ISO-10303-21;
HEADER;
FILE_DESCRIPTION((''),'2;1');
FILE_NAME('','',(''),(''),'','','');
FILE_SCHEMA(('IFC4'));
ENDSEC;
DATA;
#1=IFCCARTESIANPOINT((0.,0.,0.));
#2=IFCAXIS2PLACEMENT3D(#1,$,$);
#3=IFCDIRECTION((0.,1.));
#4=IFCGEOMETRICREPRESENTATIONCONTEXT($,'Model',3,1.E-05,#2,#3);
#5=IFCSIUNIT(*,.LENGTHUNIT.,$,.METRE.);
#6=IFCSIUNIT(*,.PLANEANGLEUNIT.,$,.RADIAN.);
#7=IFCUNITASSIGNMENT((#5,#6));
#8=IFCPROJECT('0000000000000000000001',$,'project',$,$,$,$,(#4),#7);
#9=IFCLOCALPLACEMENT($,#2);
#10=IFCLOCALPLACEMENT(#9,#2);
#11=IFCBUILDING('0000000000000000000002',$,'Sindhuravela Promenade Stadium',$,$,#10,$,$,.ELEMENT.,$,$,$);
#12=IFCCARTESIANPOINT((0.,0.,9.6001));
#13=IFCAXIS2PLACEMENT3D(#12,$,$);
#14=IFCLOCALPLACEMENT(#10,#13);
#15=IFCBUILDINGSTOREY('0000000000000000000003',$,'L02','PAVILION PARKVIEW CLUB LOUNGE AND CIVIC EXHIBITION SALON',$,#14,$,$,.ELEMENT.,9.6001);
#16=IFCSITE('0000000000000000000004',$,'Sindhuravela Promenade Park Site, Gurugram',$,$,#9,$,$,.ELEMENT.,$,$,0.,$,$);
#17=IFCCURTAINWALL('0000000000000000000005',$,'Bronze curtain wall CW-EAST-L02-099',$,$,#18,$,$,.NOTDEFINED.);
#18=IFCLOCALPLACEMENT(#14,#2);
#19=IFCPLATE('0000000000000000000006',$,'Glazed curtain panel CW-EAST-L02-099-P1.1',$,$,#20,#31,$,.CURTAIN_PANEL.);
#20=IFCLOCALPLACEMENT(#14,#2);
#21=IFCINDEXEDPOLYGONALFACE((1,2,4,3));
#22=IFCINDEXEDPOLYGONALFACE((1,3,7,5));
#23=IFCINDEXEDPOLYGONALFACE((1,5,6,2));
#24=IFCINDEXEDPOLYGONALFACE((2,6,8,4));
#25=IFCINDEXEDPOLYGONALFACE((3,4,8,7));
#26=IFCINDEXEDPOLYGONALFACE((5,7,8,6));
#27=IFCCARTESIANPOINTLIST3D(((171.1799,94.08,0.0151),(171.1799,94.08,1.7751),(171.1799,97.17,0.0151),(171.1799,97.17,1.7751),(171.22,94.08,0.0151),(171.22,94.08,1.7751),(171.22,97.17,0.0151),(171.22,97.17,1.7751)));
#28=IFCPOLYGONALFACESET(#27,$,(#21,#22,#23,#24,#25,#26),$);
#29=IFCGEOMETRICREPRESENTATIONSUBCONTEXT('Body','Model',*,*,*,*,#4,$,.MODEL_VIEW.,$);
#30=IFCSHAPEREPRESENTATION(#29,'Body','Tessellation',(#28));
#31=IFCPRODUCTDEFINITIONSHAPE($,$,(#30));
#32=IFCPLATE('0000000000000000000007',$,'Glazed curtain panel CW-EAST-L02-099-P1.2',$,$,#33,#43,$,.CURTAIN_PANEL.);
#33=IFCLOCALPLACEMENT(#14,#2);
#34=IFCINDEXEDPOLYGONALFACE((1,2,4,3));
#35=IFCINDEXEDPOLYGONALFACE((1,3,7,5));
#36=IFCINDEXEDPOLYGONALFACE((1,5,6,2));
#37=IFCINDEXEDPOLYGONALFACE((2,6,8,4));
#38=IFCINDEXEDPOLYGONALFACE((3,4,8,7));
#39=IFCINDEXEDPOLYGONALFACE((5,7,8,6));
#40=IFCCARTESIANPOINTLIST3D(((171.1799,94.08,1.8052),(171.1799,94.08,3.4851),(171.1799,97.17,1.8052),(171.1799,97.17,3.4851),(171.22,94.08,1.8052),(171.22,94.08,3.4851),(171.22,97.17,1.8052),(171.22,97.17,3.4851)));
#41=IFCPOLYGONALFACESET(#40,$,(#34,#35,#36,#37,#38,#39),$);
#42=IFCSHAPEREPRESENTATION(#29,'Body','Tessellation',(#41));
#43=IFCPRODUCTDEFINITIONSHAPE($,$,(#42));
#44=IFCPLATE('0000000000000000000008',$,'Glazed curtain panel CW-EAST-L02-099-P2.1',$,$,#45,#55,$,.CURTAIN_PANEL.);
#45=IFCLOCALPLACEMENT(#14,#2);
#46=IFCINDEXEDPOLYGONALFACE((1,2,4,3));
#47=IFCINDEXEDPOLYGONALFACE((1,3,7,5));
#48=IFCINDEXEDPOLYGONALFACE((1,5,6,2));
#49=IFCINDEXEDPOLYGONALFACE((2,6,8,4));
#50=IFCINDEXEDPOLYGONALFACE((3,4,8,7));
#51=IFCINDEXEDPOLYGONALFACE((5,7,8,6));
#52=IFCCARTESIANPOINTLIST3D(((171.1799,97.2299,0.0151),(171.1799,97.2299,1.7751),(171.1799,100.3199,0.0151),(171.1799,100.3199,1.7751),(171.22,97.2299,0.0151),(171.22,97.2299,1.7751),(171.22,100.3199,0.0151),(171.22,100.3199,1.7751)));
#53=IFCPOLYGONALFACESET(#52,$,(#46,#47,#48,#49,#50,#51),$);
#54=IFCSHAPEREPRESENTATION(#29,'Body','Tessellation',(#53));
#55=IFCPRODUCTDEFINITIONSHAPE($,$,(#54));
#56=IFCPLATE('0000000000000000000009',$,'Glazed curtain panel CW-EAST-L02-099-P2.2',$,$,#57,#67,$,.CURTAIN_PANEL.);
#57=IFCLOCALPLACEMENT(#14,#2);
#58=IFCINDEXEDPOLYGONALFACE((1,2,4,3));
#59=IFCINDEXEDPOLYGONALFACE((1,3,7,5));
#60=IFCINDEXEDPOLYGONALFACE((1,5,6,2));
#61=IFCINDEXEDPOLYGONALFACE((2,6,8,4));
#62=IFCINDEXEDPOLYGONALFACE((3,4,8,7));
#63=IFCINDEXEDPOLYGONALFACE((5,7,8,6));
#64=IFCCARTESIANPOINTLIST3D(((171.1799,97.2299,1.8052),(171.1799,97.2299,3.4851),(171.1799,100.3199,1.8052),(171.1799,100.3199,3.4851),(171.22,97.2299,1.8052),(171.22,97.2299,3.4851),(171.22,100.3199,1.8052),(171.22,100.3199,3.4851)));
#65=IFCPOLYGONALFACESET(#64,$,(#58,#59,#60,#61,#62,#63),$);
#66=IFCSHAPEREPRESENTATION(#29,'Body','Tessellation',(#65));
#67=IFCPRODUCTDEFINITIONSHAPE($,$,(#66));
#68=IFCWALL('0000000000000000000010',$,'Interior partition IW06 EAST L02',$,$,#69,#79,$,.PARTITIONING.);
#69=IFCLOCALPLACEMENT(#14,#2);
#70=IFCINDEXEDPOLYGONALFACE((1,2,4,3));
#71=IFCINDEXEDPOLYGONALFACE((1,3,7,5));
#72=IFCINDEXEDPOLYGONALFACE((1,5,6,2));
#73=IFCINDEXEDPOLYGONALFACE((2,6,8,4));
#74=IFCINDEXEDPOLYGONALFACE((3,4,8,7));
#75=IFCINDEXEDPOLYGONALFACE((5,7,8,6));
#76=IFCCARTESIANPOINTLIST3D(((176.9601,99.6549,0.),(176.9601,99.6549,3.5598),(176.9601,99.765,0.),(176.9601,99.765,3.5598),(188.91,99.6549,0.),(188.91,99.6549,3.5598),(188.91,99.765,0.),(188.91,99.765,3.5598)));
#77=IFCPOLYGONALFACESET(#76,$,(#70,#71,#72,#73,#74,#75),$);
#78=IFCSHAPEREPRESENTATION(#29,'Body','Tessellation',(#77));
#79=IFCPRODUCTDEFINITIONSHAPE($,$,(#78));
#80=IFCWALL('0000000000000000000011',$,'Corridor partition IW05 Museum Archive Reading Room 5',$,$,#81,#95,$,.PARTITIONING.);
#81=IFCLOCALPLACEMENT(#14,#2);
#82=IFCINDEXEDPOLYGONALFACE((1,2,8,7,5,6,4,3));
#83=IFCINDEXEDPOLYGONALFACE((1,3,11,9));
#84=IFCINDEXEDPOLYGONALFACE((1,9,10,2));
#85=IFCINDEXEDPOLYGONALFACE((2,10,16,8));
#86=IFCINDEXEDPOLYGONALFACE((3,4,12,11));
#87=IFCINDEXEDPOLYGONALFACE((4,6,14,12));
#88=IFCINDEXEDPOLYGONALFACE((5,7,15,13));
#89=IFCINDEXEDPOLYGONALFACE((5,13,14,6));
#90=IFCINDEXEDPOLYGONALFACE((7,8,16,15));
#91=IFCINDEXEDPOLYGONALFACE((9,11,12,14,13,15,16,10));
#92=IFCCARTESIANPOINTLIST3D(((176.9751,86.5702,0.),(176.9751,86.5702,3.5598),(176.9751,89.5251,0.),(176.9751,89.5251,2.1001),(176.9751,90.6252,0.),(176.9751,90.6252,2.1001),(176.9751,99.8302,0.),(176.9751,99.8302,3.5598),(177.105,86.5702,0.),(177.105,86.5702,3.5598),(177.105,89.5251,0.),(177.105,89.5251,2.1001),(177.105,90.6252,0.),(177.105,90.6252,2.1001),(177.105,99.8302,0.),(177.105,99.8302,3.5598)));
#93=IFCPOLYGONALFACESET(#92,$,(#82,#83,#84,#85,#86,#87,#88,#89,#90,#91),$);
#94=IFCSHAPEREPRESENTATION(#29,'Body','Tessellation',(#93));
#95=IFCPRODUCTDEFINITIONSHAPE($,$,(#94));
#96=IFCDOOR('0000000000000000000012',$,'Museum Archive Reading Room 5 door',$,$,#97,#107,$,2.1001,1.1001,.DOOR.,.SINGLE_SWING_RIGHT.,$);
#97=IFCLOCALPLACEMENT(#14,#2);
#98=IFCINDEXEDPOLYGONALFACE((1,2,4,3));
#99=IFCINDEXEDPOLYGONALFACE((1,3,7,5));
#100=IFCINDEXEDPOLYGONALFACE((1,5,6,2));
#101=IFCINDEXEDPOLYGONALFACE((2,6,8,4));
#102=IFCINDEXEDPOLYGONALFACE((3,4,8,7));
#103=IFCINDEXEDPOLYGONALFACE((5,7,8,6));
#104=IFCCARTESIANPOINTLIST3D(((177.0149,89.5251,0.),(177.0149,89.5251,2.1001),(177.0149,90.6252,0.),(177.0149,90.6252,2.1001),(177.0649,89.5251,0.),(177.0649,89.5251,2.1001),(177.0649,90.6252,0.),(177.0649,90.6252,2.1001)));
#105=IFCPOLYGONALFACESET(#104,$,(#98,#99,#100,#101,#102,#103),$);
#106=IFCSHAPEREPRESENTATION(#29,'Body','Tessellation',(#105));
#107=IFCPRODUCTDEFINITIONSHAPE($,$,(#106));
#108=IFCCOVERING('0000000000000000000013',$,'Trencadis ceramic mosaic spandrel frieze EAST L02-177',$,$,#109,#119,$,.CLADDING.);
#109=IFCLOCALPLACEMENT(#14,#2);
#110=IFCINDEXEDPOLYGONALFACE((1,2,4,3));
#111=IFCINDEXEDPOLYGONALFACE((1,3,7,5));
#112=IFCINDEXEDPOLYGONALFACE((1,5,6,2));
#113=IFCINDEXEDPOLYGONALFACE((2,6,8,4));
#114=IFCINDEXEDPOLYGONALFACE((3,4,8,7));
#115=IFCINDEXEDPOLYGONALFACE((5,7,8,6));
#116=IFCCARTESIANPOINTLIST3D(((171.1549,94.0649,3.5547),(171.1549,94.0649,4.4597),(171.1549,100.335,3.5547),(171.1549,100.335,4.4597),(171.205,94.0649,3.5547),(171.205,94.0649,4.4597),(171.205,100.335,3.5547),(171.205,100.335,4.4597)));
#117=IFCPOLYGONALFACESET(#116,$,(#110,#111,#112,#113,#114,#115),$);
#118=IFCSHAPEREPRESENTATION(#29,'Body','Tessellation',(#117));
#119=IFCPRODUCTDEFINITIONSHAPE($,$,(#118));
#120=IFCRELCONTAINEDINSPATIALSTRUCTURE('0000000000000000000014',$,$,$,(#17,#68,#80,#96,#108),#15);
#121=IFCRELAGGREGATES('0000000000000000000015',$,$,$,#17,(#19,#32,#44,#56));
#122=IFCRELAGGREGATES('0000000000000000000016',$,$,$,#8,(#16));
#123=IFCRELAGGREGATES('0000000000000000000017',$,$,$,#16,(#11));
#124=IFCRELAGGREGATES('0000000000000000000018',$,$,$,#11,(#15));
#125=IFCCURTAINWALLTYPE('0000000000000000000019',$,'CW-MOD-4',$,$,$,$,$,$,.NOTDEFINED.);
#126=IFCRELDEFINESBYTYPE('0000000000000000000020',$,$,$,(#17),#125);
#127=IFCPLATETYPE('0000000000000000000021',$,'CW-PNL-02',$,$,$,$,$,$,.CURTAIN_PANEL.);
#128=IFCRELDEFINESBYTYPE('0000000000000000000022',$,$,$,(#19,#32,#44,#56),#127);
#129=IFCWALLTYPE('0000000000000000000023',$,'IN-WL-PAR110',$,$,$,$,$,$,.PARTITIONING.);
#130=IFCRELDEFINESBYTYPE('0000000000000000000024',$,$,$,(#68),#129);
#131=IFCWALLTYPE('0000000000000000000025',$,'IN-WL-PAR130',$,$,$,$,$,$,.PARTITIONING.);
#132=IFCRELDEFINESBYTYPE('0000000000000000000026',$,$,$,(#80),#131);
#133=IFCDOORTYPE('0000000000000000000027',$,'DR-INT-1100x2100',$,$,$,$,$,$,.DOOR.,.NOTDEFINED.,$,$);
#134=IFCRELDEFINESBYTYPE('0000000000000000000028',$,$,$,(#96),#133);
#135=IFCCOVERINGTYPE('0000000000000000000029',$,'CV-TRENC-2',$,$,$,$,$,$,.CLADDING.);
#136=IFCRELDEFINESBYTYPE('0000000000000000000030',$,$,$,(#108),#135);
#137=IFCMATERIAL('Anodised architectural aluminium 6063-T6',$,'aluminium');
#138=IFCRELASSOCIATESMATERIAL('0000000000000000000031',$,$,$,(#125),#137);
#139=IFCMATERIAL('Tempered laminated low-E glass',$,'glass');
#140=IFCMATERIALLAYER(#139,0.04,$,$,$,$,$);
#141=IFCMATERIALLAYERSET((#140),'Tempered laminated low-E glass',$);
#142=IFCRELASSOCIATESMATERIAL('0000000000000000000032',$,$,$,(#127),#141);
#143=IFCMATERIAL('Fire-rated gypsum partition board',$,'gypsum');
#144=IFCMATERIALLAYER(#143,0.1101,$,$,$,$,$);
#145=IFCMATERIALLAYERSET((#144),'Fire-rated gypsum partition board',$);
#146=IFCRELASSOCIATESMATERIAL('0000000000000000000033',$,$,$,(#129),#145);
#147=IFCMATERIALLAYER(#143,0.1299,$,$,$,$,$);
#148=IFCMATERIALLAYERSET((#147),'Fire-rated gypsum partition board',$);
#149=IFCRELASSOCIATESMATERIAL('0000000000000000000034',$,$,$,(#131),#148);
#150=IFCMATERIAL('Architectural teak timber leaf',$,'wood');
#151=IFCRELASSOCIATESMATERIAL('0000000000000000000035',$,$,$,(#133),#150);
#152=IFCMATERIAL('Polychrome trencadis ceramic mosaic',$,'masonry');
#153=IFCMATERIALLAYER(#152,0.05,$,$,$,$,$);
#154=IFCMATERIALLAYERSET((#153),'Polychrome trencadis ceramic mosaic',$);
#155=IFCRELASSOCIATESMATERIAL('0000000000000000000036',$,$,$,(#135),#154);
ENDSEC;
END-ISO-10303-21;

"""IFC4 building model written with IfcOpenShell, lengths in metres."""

from ifc_helpers import new_model, si_unit, direction, frame, frame_2d, origin, origin_2d, place, context, subcontext, project, spatial, rectangle, extrude, material, layer, layer_set, type_object, element, fill, aggregate, save


model = new_model("IFC4")

# Units and contexts
model_context = context("Model", 3, precision=1e-05, world=origin(), true_north=direction((0.0, 1.0)))
body_context = subcontext(model_context, "Body", "Model", "MODEL_VIEW")
ifc_project = project(units=[si_unit("LENGTHUNIT", "METRE"), si_unit("PLANEANGLEUNIT", "RADIAN")], contexts=[model_context])

# Site, building, storey
site_placement = place(None, origin())
site = spatial("IfcSite", under=ifc_project, at=site_placement, Name="Sindhuravela Promenade Park Site, Gurugram", CompositionType="ELEMENT", RefElevation=0.0)
building_placement = place(site_placement, origin())
building = spatial("IfcBuilding", under=site, at=building_placement, Name="Sindhuravela Promenade Stadium", CompositionType="ELEMENT")
storey_placement = place(building_placement, frame((0.0, 0.0, 9.6001)))
storey = spatial("IfcBuildingStorey", under=building, at=storey_placement, Name="L02", Description="PAVILION PARKVIEW CLUB LOUNGE AND CIVIC EXHIBITION SALON", CompositionType="ELEMENT", Elevation=9.6001)

# Curtain wall
ifc_material_1 = material(Name="Anodised architectural aluminium 6063-T6", Category="aluminium")
curtain_wall_type_1 = type_object("IfcCurtainWallType", Name="CW-MOD-4", PredefinedType="NOTDEFINED", material=ifc_material_1)
curtain_wall_1_placement = place(storey_placement, origin())
curtain_wall_1 = element("IfcCurtainWall", 1, at=curtain_wall_1_placement, inside=storey, type_object=curtain_wall_type_1, Name="Bronze curtain wall CW-EAST-L02-099", PredefinedType="NOTDEFINED")

# Plates
ifc_material_2 = material(Name="Tempered laminated low-E glass", Category="glass")
ifc_layer_1 = layer(ifc_material_2, 0.04)
ifc_layer_set_1 = layer_set([ifc_layer_1], Name="Tempered laminated low-E glass")
plate_type_1 = type_object("IfcPlateType", Name="CW-PNL-02", PredefinedType="CURTAIN_PANEL", material=ifc_layer_set_1)
plate_1_placement = place(storey_placement, frame((171.2, 95.625, 0.0151), z_axis=(0.0, 0.0, 1.0), x_axis=(0.0, 1.0, 0.0)))
plate_1 = element("IfcPlate", 2, at=plate_1_placement, type_object=plate_type_1, Name="Glazed curtain panel CW-EAST-L02-099-P1.1", PredefinedType="CURTAIN_PANEL", context=body_context, shape_type="SweptSolid", body=[
    extrude(rectangle(XDim=3.0901, YDim=0.04, at=origin_2d()), origin(), (0.0, 0.0, 1.0), 1.76),
])
plate_2_placement = place(storey_placement, frame((171.2, 95.625, 1.8052), z_axis=(0.0, 0.0, 1.0), x_axis=(0.0, 1.0, 0.0)))
plate_2 = element("IfcPlate", 3, at=plate_2_placement, type_object=plate_type_1, Name="Glazed curtain panel CW-EAST-L02-099-P1.2", PredefinedType="CURTAIN_PANEL", context=body_context, shape_type="SweptSolid", body=[
    extrude(rectangle(XDim=3.0901, YDim=0.04, at=origin_2d()), origin(), (0.0, 0.0, 1.0), 1.6799),
])
plate_3_placement = place(storey_placement, frame((171.2, 98.7749, 0.0151), z_axis=(0.0, 0.0, 1.0), x_axis=(0.0, 1.0, 0.0)))
plate_3 = element("IfcPlate", 4, at=plate_3_placement, type_object=plate_type_1, Name="Glazed curtain panel CW-EAST-L02-099-P2.1", PredefinedType="CURTAIN_PANEL", context=body_context, shape_type="SweptSolid", body=[
    extrude(rectangle(XDim=3.0901, YDim=0.04, at=origin_2d()), origin(), (0.0, 0.0, 1.0), 1.76),
])
plate_4_placement = place(storey_placement, frame((171.2, 98.7749, 1.8052), z_axis=(0.0, 0.0, 1.0), x_axis=(0.0, 1.0, 0.0)))
plate_4 = element("IfcPlate", 5, at=plate_4_placement, type_object=plate_type_1, Name="Glazed curtain panel CW-EAST-L02-099-P2.2", PredefinedType="CURTAIN_PANEL", context=body_context, shape_type="SweptSolid", body=[
    extrude(rectangle(XDim=3.0901, YDim=0.04, at=origin_2d()), origin(), (0.0, 0.0, 1.0), 1.6799),
])
aggregate(curtain_wall_1, [plate_1, plate_2, plate_3, plate_4])

# Wall
ifc_material_3 = material(Name="Fire-rated gypsum partition board", Category="gypsum")
ifc_layer_2 = layer(ifc_material_3, 0.1101)
ifc_layer_set_2 = layer_set([ifc_layer_2], Name="Fire-rated gypsum partition board")
wall_type_1 = type_object("IfcWallType", Name="IN-WL-PAR110", PredefinedType="PARTITIONING", material=ifc_layer_set_2)
wall_1_placement = place(storey_placement, frame((176.96, 99.71, 0.0), z_axis=(0.0, 0.0, 1.0), x_axis=(1.0, 0.0, 0.0)))
element("IfcWall", 6, at=wall_1_placement, inside=storey, type_object=wall_type_1, Name="Interior partition IW06 EAST L02", PredefinedType="PARTITIONING", context=body_context, shape_type="SweptSolid", body=[
    extrude(rectangle(XDim=11.95, YDim=0.1101, at=frame_2d((5.9751, 0.0))), origin(), (0.0, 0.0, 1.0), 3.5598),
])

# Wall, opening, door
ifc_layer_3 = layer(ifc_material_3, 0.1299)
ifc_layer_set_3 = layer_set([ifc_layer_3], Name="Fire-rated gypsum partition board")
wall_type_2 = type_object("IfcWallType", Name="IN-WL-PAR130", PredefinedType="PARTITIONING", material=ifc_layer_set_3)
wall_2_placement = place(storey_placement, frame((177.04, 99.8301, 0.0), z_axis=(0.0, 0.0, 1.0), x_axis=(0.0, -1.0, 0.0)))
wall_2 = element("IfcWall", 7, at=wall_2_placement, inside=storey, type_object=wall_type_2, Name="Corridor partition IW05 Museum Archive Reading Room 5", PredefinedType="PARTITIONING", context=body_context, shape_type="SweptSolid", body=[
    extrude(rectangle(XDim=13.26, YDim=0.1299, at=frame_2d((6.6299, 0.0))), origin(), (0.0, 0.0, 1.0), 3.5598),
])
opening_placement = place(wall_2_placement, frame((9.2048, 0.0, 0.0)))
opening = element("IfcOpeningElement", 8, at=opening_placement, cuts=wall_2, PredefinedType="OPENING", context=body_context, shape_type="SweptSolid", body=[
    extrude(rectangle(XDim=1.1001, YDim=2.1001, at=frame_2d((0.55, 1.05))), frame((0.0, 0.075, 0.0), z_axis=(0.0, -1.0, 0.0), x_axis=(1.0, 0.0, 0.0)), (0.0, 0.0, 1.0), 0.1499),
])
ifc_material_4 = material(Name="Architectural teak timber leaf", Category="wood")
door_type = type_object("IfcDoorType", Name="DR-INT-1100x2100", OperationType="NOTDEFINED", PredefinedType="DOOR", material=ifc_material_4)
door_placement = place(opening_placement, origin())
door = element("IfcDoor", 9, at=door_placement, inside=storey, type_object=door_type, Name="Museum Archive Reading Room 5 door", OperationType="SINGLE_SWING_RIGHT", OverallHeight=2.1001, OverallWidth=1.1001, PredefinedType="DOOR", context=body_context, shape_type="SweptSolid", body=[
    extrude(rectangle(XDim=1.1001, YDim=2.1001, at=frame_2d((0.55, 1.05))), frame((0.0, 0.0249, 0.0), z_axis=(0.0, -1.0, 0.0), x_axis=(1.0, 0.0, 0.0)), (0.0, 0.0, 1.0), 0.05),
])
fill(opening, door)

# Covering
ifc_material_5 = material(Name="Polychrome trencadis ceramic mosaic", Category="masonry")
ifc_layer_4 = layer(ifc_material_5, 0.05)
ifc_layer_set_4 = layer_set([ifc_layer_4], Name="Polychrome trencadis ceramic mosaic")
covering_type = type_object("IfcCoveringType", Name="CV-TRENC-2", PredefinedType="CLADDING", material=ifc_layer_set_4)
covering_placement = place(storey_placement, frame((171.1799, 97.2, 3.5547), z_axis=(0.0, 0.0, 1.0), x_axis=(0.0, 1.0, 0.0)))
element("IfcCovering", 10, at=covering_placement, inside=storey, type_object=covering_type, Name="Trencadis ceramic mosaic spandrel frieze EAST L02-177", PredefinedType="CLADDING", context=body_context, shape_type="SweptSolid", body=[
    extrude(rectangle(XDim=6.27, YDim=0.05, at=origin_2d()), origin(), (0.0, 0.0, 1.0), 0.905),
])

save(model, "model.ifc")
